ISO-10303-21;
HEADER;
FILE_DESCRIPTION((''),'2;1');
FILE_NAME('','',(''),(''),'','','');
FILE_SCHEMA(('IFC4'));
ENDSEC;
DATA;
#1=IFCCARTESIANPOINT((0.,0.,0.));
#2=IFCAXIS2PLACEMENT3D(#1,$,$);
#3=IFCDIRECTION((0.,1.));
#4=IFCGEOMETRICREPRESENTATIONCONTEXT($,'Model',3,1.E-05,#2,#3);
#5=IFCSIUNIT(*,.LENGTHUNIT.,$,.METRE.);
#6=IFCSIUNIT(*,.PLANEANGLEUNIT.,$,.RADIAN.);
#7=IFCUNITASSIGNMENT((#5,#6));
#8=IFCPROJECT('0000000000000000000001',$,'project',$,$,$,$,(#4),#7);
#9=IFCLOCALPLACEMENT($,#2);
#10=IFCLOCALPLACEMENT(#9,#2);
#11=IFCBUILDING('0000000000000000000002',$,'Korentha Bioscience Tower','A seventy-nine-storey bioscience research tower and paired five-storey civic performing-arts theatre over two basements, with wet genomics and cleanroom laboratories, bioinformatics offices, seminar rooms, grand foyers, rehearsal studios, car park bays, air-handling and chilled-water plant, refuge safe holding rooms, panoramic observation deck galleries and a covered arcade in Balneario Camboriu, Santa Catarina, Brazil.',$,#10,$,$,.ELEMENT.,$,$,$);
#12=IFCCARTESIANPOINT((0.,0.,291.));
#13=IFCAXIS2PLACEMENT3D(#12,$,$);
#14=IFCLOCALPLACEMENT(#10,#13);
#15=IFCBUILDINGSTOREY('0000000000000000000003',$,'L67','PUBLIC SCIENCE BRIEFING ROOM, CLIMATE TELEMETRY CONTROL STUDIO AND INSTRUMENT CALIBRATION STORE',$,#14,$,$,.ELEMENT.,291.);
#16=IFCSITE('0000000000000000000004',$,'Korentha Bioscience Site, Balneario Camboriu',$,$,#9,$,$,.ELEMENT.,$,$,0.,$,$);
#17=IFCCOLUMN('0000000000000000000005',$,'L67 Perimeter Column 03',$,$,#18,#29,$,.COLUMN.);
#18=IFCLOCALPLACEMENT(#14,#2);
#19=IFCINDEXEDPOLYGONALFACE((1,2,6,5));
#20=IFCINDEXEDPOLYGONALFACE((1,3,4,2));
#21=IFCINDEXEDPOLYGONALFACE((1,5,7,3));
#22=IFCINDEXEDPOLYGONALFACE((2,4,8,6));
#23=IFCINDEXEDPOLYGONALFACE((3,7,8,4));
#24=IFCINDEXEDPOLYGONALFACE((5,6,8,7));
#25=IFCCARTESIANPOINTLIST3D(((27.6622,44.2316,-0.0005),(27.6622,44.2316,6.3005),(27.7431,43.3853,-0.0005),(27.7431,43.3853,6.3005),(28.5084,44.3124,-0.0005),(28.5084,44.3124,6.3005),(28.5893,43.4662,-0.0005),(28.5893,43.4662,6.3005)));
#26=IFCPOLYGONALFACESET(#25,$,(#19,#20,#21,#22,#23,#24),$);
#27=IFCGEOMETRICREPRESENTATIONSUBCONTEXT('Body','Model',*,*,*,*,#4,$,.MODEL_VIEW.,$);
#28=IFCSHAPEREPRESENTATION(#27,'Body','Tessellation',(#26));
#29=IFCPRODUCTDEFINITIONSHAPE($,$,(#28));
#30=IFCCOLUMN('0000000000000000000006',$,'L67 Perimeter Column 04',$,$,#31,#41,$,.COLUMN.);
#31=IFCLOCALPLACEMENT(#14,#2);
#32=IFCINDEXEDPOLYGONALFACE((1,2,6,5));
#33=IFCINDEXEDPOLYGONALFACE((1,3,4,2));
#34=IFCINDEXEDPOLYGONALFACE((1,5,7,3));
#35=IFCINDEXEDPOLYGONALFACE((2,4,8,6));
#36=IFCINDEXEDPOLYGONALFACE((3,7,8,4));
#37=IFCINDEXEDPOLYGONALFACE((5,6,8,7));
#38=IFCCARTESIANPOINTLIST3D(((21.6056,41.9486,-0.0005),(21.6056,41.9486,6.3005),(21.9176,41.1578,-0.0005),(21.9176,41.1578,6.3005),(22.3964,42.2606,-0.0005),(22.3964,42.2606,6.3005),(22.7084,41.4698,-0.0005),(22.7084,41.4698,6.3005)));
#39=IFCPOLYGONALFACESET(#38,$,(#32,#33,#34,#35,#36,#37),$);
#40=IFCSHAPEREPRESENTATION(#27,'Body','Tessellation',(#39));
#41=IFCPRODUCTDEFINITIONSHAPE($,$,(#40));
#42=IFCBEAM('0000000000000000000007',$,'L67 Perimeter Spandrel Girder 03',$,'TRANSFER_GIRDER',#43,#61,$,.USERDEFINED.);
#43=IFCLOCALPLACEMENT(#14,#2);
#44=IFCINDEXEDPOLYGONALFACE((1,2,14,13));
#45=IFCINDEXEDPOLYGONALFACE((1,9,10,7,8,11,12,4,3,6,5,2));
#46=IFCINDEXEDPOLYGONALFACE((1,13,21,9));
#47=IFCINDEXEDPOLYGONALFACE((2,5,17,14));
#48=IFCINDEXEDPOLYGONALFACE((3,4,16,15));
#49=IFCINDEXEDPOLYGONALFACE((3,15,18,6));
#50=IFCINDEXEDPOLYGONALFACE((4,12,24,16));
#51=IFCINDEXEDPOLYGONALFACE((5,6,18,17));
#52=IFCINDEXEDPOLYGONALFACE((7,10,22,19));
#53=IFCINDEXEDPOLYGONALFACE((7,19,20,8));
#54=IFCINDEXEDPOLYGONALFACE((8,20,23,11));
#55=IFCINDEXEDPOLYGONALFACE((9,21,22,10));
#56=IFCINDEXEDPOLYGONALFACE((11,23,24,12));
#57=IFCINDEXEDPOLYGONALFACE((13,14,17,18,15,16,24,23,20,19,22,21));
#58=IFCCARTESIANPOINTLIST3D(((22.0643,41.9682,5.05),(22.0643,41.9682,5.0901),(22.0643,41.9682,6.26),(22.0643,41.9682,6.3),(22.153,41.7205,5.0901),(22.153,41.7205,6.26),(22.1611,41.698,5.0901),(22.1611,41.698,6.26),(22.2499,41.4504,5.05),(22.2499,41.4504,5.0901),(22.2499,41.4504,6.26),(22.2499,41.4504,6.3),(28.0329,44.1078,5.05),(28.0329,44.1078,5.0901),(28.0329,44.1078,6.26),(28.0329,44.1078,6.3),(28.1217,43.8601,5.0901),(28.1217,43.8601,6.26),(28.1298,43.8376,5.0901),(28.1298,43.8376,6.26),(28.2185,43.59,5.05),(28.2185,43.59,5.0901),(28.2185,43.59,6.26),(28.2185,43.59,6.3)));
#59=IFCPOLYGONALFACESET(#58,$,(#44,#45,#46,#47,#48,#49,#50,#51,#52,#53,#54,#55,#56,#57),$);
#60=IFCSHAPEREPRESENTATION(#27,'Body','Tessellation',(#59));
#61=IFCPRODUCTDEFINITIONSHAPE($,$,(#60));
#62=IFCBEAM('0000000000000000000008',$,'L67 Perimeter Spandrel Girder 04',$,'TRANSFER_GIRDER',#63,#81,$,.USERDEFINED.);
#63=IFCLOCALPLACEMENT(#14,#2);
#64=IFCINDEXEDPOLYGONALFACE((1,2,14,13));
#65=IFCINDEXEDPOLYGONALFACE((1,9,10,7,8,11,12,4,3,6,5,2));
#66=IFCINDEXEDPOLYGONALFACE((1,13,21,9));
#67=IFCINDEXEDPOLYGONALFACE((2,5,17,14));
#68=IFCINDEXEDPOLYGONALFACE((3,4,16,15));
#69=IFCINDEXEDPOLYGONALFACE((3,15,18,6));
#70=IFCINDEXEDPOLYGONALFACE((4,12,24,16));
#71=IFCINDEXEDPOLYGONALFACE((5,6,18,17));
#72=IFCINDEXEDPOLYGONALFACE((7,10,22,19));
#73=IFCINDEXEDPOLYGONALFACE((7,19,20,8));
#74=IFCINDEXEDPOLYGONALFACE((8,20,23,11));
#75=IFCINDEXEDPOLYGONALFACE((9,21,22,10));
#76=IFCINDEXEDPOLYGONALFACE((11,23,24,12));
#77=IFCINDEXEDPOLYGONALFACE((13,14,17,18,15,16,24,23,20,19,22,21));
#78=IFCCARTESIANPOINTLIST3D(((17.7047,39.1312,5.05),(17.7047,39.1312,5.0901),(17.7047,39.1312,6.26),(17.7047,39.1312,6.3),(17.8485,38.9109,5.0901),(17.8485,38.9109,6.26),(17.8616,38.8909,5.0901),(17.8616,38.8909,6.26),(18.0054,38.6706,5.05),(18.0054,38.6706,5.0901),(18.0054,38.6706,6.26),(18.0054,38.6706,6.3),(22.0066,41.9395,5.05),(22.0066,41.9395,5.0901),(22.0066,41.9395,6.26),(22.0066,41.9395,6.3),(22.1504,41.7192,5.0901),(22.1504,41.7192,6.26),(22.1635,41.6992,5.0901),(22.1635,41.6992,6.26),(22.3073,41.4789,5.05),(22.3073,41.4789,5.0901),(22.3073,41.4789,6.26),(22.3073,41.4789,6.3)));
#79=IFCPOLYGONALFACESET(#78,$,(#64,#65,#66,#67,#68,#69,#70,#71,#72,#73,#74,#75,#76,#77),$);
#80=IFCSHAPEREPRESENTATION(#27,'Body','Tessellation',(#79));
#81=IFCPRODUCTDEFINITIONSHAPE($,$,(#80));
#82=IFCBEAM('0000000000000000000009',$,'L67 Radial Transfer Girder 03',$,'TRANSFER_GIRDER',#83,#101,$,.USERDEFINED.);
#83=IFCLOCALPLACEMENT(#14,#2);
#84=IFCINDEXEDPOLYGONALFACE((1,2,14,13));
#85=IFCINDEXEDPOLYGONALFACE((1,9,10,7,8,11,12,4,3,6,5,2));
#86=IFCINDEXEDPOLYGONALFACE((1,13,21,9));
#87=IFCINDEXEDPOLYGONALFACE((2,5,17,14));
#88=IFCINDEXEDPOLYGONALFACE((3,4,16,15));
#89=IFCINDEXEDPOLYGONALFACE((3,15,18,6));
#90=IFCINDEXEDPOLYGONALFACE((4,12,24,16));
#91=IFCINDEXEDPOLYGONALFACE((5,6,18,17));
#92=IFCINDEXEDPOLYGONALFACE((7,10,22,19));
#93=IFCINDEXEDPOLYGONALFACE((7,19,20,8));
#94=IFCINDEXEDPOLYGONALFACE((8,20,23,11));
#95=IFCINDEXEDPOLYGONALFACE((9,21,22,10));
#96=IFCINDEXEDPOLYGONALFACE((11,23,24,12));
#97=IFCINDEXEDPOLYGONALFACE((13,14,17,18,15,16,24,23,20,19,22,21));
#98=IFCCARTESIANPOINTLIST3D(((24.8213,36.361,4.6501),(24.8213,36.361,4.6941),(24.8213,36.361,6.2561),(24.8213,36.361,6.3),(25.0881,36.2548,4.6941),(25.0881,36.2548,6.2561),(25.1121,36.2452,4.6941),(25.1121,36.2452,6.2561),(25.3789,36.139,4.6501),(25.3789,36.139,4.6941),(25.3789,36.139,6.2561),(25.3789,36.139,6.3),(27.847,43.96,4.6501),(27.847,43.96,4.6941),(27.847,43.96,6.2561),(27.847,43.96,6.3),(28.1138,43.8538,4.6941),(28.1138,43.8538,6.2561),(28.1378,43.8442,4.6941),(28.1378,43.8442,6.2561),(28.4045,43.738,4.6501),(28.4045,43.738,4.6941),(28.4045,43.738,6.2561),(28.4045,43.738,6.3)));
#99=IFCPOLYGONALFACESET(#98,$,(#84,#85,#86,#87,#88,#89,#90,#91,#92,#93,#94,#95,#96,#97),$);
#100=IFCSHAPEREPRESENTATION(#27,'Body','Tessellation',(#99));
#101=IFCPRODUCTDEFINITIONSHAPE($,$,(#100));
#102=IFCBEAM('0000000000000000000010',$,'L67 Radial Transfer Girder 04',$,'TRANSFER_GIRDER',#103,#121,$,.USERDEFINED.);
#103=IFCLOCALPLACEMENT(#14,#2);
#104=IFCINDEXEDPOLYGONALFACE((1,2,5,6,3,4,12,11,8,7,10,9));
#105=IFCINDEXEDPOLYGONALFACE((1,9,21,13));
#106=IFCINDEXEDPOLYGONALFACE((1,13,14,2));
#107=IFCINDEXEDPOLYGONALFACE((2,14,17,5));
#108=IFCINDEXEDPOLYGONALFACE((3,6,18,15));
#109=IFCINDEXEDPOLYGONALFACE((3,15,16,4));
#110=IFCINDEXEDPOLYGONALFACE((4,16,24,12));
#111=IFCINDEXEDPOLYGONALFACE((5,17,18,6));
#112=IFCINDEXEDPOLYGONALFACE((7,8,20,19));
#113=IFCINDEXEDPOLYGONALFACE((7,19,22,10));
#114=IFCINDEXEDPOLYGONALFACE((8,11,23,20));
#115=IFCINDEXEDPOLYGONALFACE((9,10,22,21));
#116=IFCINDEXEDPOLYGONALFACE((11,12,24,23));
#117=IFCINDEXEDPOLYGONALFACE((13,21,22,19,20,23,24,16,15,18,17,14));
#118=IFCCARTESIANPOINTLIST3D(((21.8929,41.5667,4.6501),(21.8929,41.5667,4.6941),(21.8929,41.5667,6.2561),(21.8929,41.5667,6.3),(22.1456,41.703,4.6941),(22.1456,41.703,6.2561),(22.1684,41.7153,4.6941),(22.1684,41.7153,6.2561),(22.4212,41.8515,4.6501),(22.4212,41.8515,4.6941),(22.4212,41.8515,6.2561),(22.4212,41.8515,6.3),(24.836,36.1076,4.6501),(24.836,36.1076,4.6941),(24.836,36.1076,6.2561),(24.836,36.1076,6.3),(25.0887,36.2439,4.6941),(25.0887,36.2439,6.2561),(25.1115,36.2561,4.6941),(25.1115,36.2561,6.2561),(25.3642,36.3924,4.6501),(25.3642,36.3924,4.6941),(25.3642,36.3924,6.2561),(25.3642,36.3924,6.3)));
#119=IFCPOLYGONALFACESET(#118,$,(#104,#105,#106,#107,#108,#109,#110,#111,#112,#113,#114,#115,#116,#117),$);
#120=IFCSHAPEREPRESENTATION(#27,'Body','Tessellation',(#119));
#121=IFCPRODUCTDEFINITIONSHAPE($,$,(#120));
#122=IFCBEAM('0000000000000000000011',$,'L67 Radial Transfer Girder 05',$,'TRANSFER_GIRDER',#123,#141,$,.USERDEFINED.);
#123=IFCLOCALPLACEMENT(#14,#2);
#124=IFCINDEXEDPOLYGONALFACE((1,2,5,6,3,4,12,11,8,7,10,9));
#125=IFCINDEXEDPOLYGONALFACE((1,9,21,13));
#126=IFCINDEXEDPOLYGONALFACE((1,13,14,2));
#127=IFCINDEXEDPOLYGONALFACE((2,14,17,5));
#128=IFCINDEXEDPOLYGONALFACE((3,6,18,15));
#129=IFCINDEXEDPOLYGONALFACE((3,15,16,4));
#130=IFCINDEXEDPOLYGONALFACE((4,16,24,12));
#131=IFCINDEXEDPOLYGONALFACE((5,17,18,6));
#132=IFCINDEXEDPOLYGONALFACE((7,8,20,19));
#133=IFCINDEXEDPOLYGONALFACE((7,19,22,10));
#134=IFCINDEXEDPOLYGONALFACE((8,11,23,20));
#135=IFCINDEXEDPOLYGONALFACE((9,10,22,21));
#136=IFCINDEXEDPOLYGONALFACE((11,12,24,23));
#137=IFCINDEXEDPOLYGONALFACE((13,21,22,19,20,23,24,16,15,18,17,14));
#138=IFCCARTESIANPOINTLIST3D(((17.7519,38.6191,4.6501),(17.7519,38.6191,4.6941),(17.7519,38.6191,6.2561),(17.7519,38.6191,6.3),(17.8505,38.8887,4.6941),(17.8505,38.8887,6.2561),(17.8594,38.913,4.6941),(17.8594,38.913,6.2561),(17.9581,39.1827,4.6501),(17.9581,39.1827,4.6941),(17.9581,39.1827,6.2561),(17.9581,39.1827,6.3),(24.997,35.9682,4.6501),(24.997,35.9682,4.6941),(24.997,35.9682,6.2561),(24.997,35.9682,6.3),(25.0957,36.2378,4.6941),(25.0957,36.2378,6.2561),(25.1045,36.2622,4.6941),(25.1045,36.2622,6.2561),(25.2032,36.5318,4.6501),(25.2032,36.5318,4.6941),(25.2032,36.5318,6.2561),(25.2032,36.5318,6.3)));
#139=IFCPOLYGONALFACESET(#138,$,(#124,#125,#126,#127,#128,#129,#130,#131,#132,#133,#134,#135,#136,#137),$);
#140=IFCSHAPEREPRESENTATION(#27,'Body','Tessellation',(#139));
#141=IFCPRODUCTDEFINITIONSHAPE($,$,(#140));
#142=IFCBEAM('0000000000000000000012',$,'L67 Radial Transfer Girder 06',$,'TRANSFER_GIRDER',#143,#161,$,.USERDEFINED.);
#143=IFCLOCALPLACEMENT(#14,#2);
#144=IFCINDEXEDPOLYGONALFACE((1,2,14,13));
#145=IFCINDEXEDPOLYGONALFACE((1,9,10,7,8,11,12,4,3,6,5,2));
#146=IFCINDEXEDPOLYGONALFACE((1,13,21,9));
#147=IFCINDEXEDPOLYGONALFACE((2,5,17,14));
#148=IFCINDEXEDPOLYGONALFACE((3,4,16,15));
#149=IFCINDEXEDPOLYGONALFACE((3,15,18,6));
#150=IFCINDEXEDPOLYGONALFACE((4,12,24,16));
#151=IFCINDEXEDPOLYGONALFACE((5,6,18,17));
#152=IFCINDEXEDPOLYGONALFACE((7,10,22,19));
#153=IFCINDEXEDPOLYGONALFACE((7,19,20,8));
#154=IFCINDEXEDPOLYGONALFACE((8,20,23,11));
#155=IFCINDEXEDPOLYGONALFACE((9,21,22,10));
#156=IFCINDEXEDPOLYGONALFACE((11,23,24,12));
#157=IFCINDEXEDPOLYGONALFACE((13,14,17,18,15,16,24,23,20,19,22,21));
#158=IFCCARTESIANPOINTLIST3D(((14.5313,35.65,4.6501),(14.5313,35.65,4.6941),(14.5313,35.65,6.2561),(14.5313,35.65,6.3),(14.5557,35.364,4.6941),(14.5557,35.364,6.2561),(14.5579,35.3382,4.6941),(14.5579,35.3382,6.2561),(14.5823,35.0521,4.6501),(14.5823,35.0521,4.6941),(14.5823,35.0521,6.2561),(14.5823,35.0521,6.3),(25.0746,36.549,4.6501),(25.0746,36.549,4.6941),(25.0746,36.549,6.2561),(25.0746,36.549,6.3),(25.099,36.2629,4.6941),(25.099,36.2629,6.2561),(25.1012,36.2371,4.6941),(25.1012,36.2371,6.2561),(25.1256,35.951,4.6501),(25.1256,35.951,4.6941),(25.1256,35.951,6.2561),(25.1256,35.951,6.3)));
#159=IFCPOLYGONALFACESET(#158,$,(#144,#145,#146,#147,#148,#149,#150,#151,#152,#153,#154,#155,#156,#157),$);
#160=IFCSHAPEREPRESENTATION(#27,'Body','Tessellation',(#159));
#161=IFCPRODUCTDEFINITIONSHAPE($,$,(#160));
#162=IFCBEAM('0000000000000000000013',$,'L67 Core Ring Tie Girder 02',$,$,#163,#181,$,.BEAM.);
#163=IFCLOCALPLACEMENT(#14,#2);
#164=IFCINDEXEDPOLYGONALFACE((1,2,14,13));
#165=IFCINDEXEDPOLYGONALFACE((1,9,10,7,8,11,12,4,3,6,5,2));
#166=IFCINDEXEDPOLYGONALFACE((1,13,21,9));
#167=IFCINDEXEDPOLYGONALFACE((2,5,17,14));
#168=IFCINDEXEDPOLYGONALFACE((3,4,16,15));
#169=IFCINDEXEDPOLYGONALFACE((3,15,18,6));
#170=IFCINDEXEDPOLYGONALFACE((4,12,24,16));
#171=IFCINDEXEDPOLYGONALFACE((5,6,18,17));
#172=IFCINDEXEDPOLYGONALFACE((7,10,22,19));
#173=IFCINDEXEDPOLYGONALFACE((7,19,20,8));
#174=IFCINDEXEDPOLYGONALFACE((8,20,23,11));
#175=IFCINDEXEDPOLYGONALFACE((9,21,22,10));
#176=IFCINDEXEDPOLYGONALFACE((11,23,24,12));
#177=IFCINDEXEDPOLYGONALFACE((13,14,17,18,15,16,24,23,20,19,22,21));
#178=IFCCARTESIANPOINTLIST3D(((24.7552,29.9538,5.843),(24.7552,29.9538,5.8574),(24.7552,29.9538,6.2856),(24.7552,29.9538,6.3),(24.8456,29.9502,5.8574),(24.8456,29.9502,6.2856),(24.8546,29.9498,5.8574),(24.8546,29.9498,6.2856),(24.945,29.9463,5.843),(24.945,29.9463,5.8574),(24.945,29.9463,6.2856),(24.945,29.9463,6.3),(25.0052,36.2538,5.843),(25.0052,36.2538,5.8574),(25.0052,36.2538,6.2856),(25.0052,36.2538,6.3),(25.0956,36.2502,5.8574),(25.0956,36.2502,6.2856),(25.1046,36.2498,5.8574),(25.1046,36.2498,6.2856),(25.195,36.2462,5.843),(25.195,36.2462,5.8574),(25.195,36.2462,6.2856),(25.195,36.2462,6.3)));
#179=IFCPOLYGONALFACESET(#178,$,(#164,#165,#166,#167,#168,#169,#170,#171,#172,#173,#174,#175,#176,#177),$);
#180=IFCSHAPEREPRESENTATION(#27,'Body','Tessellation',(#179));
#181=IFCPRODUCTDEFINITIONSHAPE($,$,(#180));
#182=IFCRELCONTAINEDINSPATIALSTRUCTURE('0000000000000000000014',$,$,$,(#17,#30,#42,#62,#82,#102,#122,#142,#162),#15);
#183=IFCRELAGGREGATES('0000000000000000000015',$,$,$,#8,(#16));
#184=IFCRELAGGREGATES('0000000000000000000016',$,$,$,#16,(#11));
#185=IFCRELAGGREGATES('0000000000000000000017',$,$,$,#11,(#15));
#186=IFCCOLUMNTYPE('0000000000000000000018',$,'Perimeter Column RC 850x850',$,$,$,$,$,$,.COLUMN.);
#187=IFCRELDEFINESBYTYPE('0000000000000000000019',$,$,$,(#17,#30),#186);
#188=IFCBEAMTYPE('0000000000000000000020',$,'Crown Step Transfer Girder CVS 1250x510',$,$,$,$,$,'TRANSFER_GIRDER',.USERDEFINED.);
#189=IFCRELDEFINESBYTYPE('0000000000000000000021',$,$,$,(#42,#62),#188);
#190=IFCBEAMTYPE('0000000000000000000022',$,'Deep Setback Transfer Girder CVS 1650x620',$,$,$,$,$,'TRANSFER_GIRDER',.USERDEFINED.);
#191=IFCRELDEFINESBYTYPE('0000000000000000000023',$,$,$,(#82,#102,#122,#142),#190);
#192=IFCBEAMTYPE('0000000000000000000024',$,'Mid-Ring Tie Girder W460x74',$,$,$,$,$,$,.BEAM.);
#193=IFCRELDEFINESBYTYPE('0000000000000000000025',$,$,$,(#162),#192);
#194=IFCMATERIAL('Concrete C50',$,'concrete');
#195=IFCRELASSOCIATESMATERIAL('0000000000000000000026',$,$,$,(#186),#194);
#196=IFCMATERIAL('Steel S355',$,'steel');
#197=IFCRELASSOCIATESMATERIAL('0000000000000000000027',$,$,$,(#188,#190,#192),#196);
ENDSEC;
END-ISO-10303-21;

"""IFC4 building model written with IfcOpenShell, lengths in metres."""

from ifc_helpers import new_model, si_unit, direction, frame, origin, origin_2d, place, context, subcontext, project, spatial, rectangle, i_section, extrude, material, material_profile, profile_set, type_object, element, save


model = new_model("IFC4")

# Units and contexts
model_context = context("Model", 3, precision=1e-05, world=origin(), true_north=direction((0.0, 1.0)))
body_context = subcontext(model_context, "Body", "Model", "MODEL_VIEW")
ifc_project = project(units=[si_unit("LENGTHUNIT", "METRE"), si_unit("PLANEANGLEUNIT", "RADIAN")], contexts=[model_context])

# Site, building, storey
site_placement = place(None, origin())
site = spatial("IfcSite", under=ifc_project, at=site_placement, Name="Korentha Bioscience Site, Balneario Camboriu", CompositionType="ELEMENT", RefElevation=0.0)
building_placement = place(site_placement, origin())
building = spatial("IfcBuilding", under=site, at=building_placement, Name="Korentha Bioscience Tower", Description="A seventy-nine-storey bioscience research tower and paired five-storey civic performing-arts theatre over two basements, with wet genomics and cleanroom laboratories, bioinformatics offices, seminar rooms, grand foyers, rehearsal studios, car park bays, air-handling and chilled-water plant, refuge safe holding rooms, panoramic observation deck galleries and a covered arcade in Balneario Camboriu, Santa Catarina, Brazil.", CompositionType="ELEMENT")
storey_placement = place(building_placement, frame((0.0, 0.0, 291.0)))
storey = spatial("IfcBuildingStorey", under=building, at=storey_placement, Name="L67", Description="PUBLIC SCIENCE BRIEFING ROOM, CLIMATE TELEMETRY CONTROL STUDIO AND INSTRUMENT CALIBRATION STORE", CompositionType="ELEMENT", Elevation=291.0)

# Columns
ifc_material_1 = material(Name="Concrete C50", Category="concrete")
ifc_material_profile_1 = material_profile(ifc_material_1, rectangle(XDim=0.8501, YDim=0.8501, at=origin_2d()), Name="Concrete C50")
ifc_profile_set_1 = profile_set([ifc_material_profile_1], Name="Concrete C50 (COL-P08)")
column_type = type_object("IfcColumnType", Name="Perimeter Column RC 850x850", PredefinedType="COLUMN", material=ifc_profile_set_1)
for number, where, z_axis, x_axis, name in (
    (1, (28.1257, 43.8489, -0.0005), (0.0, 0.0, 1.0), (0.995463, 0.095151, 0.0), "L67 Perimeter Column 03"),
    (2, (22.157, 41.7092, -0.0005), (0.0, 0.0, 1.0), (0.930226, 0.366988, 0.0), "L67 Perimeter Column 04"),
):
    element("IfcColumn", number, at=place(storey_placement, frame(where, z_axis=z_axis, x_axis=x_axis)), inside=storey, type_object=column_type, Name=name, PredefinedType="COLUMN", context=body_context, shape_type="SweptSolid", body=[
        extrude(rectangle(XDim=0.8501, YDim=0.8501, at=origin_2d()), origin(), (0.0, 0.0, 1.0), 6.301),
    ])

# Beams
ifc_material_2 = material(Name="Steel S355", Category="steel")
ifc_material_profile_2 = material_profile(ifc_material_2, i_section(OverallWidth=0.55, OverallDepth=1.25, WebThickness=0.0239, FlangeThickness=0.04, at=origin_2d()), Name="Steel S355")
ifc_profile_set_2 = profile_set([ifc_material_profile_2], Name="Steel S355 (TG-03)")
beam_type_1 = type_object("IfcBeamType", Name="Crown Step Transfer Girder CVS 1250x510", ElementType="TRANSFER_GIRDER", PredefinedType="USERDEFINED", material=ifc_profile_set_2)
beam_1_placement = place(storey_placement, frame((28.1257, 43.8489, 5.675), z_axis=(-0.941344, -0.337448, 0.0), x_axis=(0.337448, -0.941344, 0.0)))
element("IfcBeam", 3, at=beam_1_placement, inside=storey, type_object=beam_type_1, Name="L67 Perimeter Spandrel Girder 03", ObjectType="TRANSFER_GIRDER", PredefinedType="USERDEFINED", context=body_context, shape_type="SweptSolid", body=[
    extrude(i_section(OverallWidth=0.55, OverallDepth=1.25, WebThickness=0.0239, FlangeThickness=0.04, at=origin_2d()), origin(), (0.0, 0.0, 1.0), 6.3406),
])
beam_2_placement = place(storey_placement, frame((22.157, 41.7092, 5.675), z_axis=(-0.83737, -0.546636, 0.0), x_axis=(0.546636, -0.83737, 0.0)))
element("IfcBeam", 4, at=beam_2_placement, inside=storey, type_object=beam_type_1, Name="L67 Perimeter Spandrel Girder 04", ObjectType="TRANSFER_GIRDER", PredefinedType="USERDEFINED", context=body_context, shape_type="SweptSolid", body=[
    extrude(i_section(OverallWidth=0.55, OverallDepth=1.25, WebThickness=0.0239, FlangeThickness=0.04, at=origin_2d()), origin(), (0.0, 0.0, 1.0), 5.1375),
])
ifc_material_profile_3 = material_profile(ifc_material_2, i_section(OverallWidth=0.6001, OverallDepth=1.6499, WebThickness=0.0259, FlangeThickness=0.0439, at=origin_2d()), Name="Steel S355")
ifc_profile_set_3 = profile_set([ifc_material_profile_3], Name="Steel S355 (TG-04)")
beam_type_2 = type_object("IfcBeamType", Name="Deep Setback Transfer Girder CVS 1650x620", ElementType="TRANSFER_GIRDER", PredefinedType="USERDEFINED", material=ifc_profile_set_3)
beam_3_placement = place(storey_placement, frame((25.1001, 36.25, 5.4751), z_axis=(0.369923, 0.929062, 0.0), x_axis=(-0.929062, 0.369923, 0.0)))
element("IfcBeam", 5, at=beam_3_placement, inside=storey, type_object=beam_type_2, Name="L67 Radial Transfer Girder 03", ObjectType="TRANSFER_GIRDER", PredefinedType="USERDEFINED", context=body_context, shape_type="SweptSolid", body=[
    extrude(i_section(OverallWidth=0.6001, OverallDepth=1.6499, WebThickness=0.0259, FlangeThickness=0.0439, at=origin_2d()), origin(), (0.0, 0.0, 1.0), 8.1792),
])
beam_4_placement = place(storey_placement, frame((25.1001, 36.25, 5.4751), z_axis=(-0.474541, 0.880233, 0.0), x_axis=(-0.880233, -0.474541, 0.0)))
element("IfcBeam", 6, at=beam_4_placement, inside=storey, type_object=beam_type_2, Name="L67 Radial Transfer Girder 04", ObjectType="TRANSFER_GIRDER", PredefinedType="USERDEFINED", context=body_context, shape_type="SweptSolid", body=[
    extrude(i_section(OverallWidth=0.6001, OverallDepth=1.6499, WebThickness=0.0259, FlangeThickness=0.0439, at=origin_2d()), origin(), (0.0, 0.0, 1.0), 6.2019),
])
beam_5_placement = place(storey_placement, frame((25.1001, 36.25, 5.4751), z_axis=(-0.939113, 0.343607, 0.0), x_axis=(-0.343607, -0.939113, 0.0)))
element("IfcBeam", 7, at=beam_5_placement, inside=storey, type_object=beam_type_2, Name="L67 Radial Transfer Girder 05", ObjectType="TRANSFER_GIRDER", PredefinedType="USERDEFINED", context=body_context, shape_type="SweptSolid", body=[
    extrude(i_section(OverallWidth=0.6001, OverallDepth=1.6499, WebThickness=0.0259, FlangeThickness=0.0439, at=origin_2d()), origin(), (0.0, 0.0, 1.0), 7.7148),
])
beam_6_placement = place(storey_placement, frame((25.1001, 36.25, 5.4751), z_axis=(-0.996385, -0.084953, 0.0), x_axis=(0.084953, -0.996385, 0.0)))
element("IfcBeam", 8, at=beam_6_placement, inside=storey, type_object=beam_type_2, Name="L67 Radial Transfer Girder 06", ObjectType="TRANSFER_GIRDER", PredefinedType="USERDEFINED", context=body_context, shape_type="SweptSolid", body=[
    extrude(i_section(OverallWidth=0.6001, OverallDepth=1.6499, WebThickness=0.0259, FlangeThickness=0.0439, at=origin_2d()), origin(), (0.0, 0.0, 1.0), 10.5815),
])
ifc_material_profile_4 = material_profile(ifc_material_2, i_section(OverallWidth=0.1899, OverallDepth=0.457, WebThickness=0.009, FlangeThickness=0.0144, at=origin_2d()), Name="Steel S355")
ifc_profile_set_4 = profile_set([ifc_material_profile_4], Name="Steel S355 (MB-460)")
beam_type_3 = type_object("IfcBeamType", Name="Mid-Ring Tie Girder W460x74", PredefinedType="BEAM", material=ifc_profile_set_4)
beam_7_placement = place(storey_placement, frame((25.1001, 36.25, 6.0715), z_axis=(-0.039651, -0.999214, 0.0), x_axis=(0.999214, -0.039651, 0.0)))
element("IfcBeam", 9, at=beam_7_placement, inside=storey, type_object=beam_type_3, Name="L67 Core Ring Tie Girder 02", PredefinedType="BEAM", context=body_context, shape_type="SweptSolid", body=[
    extrude(i_section(OverallWidth=0.1899, OverallDepth=0.457, WebThickness=0.009, FlangeThickness=0.0144, at=origin_2d()), origin(), (0.0, 0.0, 1.0), 6.3049),
])

save(model, "model.ifc")
